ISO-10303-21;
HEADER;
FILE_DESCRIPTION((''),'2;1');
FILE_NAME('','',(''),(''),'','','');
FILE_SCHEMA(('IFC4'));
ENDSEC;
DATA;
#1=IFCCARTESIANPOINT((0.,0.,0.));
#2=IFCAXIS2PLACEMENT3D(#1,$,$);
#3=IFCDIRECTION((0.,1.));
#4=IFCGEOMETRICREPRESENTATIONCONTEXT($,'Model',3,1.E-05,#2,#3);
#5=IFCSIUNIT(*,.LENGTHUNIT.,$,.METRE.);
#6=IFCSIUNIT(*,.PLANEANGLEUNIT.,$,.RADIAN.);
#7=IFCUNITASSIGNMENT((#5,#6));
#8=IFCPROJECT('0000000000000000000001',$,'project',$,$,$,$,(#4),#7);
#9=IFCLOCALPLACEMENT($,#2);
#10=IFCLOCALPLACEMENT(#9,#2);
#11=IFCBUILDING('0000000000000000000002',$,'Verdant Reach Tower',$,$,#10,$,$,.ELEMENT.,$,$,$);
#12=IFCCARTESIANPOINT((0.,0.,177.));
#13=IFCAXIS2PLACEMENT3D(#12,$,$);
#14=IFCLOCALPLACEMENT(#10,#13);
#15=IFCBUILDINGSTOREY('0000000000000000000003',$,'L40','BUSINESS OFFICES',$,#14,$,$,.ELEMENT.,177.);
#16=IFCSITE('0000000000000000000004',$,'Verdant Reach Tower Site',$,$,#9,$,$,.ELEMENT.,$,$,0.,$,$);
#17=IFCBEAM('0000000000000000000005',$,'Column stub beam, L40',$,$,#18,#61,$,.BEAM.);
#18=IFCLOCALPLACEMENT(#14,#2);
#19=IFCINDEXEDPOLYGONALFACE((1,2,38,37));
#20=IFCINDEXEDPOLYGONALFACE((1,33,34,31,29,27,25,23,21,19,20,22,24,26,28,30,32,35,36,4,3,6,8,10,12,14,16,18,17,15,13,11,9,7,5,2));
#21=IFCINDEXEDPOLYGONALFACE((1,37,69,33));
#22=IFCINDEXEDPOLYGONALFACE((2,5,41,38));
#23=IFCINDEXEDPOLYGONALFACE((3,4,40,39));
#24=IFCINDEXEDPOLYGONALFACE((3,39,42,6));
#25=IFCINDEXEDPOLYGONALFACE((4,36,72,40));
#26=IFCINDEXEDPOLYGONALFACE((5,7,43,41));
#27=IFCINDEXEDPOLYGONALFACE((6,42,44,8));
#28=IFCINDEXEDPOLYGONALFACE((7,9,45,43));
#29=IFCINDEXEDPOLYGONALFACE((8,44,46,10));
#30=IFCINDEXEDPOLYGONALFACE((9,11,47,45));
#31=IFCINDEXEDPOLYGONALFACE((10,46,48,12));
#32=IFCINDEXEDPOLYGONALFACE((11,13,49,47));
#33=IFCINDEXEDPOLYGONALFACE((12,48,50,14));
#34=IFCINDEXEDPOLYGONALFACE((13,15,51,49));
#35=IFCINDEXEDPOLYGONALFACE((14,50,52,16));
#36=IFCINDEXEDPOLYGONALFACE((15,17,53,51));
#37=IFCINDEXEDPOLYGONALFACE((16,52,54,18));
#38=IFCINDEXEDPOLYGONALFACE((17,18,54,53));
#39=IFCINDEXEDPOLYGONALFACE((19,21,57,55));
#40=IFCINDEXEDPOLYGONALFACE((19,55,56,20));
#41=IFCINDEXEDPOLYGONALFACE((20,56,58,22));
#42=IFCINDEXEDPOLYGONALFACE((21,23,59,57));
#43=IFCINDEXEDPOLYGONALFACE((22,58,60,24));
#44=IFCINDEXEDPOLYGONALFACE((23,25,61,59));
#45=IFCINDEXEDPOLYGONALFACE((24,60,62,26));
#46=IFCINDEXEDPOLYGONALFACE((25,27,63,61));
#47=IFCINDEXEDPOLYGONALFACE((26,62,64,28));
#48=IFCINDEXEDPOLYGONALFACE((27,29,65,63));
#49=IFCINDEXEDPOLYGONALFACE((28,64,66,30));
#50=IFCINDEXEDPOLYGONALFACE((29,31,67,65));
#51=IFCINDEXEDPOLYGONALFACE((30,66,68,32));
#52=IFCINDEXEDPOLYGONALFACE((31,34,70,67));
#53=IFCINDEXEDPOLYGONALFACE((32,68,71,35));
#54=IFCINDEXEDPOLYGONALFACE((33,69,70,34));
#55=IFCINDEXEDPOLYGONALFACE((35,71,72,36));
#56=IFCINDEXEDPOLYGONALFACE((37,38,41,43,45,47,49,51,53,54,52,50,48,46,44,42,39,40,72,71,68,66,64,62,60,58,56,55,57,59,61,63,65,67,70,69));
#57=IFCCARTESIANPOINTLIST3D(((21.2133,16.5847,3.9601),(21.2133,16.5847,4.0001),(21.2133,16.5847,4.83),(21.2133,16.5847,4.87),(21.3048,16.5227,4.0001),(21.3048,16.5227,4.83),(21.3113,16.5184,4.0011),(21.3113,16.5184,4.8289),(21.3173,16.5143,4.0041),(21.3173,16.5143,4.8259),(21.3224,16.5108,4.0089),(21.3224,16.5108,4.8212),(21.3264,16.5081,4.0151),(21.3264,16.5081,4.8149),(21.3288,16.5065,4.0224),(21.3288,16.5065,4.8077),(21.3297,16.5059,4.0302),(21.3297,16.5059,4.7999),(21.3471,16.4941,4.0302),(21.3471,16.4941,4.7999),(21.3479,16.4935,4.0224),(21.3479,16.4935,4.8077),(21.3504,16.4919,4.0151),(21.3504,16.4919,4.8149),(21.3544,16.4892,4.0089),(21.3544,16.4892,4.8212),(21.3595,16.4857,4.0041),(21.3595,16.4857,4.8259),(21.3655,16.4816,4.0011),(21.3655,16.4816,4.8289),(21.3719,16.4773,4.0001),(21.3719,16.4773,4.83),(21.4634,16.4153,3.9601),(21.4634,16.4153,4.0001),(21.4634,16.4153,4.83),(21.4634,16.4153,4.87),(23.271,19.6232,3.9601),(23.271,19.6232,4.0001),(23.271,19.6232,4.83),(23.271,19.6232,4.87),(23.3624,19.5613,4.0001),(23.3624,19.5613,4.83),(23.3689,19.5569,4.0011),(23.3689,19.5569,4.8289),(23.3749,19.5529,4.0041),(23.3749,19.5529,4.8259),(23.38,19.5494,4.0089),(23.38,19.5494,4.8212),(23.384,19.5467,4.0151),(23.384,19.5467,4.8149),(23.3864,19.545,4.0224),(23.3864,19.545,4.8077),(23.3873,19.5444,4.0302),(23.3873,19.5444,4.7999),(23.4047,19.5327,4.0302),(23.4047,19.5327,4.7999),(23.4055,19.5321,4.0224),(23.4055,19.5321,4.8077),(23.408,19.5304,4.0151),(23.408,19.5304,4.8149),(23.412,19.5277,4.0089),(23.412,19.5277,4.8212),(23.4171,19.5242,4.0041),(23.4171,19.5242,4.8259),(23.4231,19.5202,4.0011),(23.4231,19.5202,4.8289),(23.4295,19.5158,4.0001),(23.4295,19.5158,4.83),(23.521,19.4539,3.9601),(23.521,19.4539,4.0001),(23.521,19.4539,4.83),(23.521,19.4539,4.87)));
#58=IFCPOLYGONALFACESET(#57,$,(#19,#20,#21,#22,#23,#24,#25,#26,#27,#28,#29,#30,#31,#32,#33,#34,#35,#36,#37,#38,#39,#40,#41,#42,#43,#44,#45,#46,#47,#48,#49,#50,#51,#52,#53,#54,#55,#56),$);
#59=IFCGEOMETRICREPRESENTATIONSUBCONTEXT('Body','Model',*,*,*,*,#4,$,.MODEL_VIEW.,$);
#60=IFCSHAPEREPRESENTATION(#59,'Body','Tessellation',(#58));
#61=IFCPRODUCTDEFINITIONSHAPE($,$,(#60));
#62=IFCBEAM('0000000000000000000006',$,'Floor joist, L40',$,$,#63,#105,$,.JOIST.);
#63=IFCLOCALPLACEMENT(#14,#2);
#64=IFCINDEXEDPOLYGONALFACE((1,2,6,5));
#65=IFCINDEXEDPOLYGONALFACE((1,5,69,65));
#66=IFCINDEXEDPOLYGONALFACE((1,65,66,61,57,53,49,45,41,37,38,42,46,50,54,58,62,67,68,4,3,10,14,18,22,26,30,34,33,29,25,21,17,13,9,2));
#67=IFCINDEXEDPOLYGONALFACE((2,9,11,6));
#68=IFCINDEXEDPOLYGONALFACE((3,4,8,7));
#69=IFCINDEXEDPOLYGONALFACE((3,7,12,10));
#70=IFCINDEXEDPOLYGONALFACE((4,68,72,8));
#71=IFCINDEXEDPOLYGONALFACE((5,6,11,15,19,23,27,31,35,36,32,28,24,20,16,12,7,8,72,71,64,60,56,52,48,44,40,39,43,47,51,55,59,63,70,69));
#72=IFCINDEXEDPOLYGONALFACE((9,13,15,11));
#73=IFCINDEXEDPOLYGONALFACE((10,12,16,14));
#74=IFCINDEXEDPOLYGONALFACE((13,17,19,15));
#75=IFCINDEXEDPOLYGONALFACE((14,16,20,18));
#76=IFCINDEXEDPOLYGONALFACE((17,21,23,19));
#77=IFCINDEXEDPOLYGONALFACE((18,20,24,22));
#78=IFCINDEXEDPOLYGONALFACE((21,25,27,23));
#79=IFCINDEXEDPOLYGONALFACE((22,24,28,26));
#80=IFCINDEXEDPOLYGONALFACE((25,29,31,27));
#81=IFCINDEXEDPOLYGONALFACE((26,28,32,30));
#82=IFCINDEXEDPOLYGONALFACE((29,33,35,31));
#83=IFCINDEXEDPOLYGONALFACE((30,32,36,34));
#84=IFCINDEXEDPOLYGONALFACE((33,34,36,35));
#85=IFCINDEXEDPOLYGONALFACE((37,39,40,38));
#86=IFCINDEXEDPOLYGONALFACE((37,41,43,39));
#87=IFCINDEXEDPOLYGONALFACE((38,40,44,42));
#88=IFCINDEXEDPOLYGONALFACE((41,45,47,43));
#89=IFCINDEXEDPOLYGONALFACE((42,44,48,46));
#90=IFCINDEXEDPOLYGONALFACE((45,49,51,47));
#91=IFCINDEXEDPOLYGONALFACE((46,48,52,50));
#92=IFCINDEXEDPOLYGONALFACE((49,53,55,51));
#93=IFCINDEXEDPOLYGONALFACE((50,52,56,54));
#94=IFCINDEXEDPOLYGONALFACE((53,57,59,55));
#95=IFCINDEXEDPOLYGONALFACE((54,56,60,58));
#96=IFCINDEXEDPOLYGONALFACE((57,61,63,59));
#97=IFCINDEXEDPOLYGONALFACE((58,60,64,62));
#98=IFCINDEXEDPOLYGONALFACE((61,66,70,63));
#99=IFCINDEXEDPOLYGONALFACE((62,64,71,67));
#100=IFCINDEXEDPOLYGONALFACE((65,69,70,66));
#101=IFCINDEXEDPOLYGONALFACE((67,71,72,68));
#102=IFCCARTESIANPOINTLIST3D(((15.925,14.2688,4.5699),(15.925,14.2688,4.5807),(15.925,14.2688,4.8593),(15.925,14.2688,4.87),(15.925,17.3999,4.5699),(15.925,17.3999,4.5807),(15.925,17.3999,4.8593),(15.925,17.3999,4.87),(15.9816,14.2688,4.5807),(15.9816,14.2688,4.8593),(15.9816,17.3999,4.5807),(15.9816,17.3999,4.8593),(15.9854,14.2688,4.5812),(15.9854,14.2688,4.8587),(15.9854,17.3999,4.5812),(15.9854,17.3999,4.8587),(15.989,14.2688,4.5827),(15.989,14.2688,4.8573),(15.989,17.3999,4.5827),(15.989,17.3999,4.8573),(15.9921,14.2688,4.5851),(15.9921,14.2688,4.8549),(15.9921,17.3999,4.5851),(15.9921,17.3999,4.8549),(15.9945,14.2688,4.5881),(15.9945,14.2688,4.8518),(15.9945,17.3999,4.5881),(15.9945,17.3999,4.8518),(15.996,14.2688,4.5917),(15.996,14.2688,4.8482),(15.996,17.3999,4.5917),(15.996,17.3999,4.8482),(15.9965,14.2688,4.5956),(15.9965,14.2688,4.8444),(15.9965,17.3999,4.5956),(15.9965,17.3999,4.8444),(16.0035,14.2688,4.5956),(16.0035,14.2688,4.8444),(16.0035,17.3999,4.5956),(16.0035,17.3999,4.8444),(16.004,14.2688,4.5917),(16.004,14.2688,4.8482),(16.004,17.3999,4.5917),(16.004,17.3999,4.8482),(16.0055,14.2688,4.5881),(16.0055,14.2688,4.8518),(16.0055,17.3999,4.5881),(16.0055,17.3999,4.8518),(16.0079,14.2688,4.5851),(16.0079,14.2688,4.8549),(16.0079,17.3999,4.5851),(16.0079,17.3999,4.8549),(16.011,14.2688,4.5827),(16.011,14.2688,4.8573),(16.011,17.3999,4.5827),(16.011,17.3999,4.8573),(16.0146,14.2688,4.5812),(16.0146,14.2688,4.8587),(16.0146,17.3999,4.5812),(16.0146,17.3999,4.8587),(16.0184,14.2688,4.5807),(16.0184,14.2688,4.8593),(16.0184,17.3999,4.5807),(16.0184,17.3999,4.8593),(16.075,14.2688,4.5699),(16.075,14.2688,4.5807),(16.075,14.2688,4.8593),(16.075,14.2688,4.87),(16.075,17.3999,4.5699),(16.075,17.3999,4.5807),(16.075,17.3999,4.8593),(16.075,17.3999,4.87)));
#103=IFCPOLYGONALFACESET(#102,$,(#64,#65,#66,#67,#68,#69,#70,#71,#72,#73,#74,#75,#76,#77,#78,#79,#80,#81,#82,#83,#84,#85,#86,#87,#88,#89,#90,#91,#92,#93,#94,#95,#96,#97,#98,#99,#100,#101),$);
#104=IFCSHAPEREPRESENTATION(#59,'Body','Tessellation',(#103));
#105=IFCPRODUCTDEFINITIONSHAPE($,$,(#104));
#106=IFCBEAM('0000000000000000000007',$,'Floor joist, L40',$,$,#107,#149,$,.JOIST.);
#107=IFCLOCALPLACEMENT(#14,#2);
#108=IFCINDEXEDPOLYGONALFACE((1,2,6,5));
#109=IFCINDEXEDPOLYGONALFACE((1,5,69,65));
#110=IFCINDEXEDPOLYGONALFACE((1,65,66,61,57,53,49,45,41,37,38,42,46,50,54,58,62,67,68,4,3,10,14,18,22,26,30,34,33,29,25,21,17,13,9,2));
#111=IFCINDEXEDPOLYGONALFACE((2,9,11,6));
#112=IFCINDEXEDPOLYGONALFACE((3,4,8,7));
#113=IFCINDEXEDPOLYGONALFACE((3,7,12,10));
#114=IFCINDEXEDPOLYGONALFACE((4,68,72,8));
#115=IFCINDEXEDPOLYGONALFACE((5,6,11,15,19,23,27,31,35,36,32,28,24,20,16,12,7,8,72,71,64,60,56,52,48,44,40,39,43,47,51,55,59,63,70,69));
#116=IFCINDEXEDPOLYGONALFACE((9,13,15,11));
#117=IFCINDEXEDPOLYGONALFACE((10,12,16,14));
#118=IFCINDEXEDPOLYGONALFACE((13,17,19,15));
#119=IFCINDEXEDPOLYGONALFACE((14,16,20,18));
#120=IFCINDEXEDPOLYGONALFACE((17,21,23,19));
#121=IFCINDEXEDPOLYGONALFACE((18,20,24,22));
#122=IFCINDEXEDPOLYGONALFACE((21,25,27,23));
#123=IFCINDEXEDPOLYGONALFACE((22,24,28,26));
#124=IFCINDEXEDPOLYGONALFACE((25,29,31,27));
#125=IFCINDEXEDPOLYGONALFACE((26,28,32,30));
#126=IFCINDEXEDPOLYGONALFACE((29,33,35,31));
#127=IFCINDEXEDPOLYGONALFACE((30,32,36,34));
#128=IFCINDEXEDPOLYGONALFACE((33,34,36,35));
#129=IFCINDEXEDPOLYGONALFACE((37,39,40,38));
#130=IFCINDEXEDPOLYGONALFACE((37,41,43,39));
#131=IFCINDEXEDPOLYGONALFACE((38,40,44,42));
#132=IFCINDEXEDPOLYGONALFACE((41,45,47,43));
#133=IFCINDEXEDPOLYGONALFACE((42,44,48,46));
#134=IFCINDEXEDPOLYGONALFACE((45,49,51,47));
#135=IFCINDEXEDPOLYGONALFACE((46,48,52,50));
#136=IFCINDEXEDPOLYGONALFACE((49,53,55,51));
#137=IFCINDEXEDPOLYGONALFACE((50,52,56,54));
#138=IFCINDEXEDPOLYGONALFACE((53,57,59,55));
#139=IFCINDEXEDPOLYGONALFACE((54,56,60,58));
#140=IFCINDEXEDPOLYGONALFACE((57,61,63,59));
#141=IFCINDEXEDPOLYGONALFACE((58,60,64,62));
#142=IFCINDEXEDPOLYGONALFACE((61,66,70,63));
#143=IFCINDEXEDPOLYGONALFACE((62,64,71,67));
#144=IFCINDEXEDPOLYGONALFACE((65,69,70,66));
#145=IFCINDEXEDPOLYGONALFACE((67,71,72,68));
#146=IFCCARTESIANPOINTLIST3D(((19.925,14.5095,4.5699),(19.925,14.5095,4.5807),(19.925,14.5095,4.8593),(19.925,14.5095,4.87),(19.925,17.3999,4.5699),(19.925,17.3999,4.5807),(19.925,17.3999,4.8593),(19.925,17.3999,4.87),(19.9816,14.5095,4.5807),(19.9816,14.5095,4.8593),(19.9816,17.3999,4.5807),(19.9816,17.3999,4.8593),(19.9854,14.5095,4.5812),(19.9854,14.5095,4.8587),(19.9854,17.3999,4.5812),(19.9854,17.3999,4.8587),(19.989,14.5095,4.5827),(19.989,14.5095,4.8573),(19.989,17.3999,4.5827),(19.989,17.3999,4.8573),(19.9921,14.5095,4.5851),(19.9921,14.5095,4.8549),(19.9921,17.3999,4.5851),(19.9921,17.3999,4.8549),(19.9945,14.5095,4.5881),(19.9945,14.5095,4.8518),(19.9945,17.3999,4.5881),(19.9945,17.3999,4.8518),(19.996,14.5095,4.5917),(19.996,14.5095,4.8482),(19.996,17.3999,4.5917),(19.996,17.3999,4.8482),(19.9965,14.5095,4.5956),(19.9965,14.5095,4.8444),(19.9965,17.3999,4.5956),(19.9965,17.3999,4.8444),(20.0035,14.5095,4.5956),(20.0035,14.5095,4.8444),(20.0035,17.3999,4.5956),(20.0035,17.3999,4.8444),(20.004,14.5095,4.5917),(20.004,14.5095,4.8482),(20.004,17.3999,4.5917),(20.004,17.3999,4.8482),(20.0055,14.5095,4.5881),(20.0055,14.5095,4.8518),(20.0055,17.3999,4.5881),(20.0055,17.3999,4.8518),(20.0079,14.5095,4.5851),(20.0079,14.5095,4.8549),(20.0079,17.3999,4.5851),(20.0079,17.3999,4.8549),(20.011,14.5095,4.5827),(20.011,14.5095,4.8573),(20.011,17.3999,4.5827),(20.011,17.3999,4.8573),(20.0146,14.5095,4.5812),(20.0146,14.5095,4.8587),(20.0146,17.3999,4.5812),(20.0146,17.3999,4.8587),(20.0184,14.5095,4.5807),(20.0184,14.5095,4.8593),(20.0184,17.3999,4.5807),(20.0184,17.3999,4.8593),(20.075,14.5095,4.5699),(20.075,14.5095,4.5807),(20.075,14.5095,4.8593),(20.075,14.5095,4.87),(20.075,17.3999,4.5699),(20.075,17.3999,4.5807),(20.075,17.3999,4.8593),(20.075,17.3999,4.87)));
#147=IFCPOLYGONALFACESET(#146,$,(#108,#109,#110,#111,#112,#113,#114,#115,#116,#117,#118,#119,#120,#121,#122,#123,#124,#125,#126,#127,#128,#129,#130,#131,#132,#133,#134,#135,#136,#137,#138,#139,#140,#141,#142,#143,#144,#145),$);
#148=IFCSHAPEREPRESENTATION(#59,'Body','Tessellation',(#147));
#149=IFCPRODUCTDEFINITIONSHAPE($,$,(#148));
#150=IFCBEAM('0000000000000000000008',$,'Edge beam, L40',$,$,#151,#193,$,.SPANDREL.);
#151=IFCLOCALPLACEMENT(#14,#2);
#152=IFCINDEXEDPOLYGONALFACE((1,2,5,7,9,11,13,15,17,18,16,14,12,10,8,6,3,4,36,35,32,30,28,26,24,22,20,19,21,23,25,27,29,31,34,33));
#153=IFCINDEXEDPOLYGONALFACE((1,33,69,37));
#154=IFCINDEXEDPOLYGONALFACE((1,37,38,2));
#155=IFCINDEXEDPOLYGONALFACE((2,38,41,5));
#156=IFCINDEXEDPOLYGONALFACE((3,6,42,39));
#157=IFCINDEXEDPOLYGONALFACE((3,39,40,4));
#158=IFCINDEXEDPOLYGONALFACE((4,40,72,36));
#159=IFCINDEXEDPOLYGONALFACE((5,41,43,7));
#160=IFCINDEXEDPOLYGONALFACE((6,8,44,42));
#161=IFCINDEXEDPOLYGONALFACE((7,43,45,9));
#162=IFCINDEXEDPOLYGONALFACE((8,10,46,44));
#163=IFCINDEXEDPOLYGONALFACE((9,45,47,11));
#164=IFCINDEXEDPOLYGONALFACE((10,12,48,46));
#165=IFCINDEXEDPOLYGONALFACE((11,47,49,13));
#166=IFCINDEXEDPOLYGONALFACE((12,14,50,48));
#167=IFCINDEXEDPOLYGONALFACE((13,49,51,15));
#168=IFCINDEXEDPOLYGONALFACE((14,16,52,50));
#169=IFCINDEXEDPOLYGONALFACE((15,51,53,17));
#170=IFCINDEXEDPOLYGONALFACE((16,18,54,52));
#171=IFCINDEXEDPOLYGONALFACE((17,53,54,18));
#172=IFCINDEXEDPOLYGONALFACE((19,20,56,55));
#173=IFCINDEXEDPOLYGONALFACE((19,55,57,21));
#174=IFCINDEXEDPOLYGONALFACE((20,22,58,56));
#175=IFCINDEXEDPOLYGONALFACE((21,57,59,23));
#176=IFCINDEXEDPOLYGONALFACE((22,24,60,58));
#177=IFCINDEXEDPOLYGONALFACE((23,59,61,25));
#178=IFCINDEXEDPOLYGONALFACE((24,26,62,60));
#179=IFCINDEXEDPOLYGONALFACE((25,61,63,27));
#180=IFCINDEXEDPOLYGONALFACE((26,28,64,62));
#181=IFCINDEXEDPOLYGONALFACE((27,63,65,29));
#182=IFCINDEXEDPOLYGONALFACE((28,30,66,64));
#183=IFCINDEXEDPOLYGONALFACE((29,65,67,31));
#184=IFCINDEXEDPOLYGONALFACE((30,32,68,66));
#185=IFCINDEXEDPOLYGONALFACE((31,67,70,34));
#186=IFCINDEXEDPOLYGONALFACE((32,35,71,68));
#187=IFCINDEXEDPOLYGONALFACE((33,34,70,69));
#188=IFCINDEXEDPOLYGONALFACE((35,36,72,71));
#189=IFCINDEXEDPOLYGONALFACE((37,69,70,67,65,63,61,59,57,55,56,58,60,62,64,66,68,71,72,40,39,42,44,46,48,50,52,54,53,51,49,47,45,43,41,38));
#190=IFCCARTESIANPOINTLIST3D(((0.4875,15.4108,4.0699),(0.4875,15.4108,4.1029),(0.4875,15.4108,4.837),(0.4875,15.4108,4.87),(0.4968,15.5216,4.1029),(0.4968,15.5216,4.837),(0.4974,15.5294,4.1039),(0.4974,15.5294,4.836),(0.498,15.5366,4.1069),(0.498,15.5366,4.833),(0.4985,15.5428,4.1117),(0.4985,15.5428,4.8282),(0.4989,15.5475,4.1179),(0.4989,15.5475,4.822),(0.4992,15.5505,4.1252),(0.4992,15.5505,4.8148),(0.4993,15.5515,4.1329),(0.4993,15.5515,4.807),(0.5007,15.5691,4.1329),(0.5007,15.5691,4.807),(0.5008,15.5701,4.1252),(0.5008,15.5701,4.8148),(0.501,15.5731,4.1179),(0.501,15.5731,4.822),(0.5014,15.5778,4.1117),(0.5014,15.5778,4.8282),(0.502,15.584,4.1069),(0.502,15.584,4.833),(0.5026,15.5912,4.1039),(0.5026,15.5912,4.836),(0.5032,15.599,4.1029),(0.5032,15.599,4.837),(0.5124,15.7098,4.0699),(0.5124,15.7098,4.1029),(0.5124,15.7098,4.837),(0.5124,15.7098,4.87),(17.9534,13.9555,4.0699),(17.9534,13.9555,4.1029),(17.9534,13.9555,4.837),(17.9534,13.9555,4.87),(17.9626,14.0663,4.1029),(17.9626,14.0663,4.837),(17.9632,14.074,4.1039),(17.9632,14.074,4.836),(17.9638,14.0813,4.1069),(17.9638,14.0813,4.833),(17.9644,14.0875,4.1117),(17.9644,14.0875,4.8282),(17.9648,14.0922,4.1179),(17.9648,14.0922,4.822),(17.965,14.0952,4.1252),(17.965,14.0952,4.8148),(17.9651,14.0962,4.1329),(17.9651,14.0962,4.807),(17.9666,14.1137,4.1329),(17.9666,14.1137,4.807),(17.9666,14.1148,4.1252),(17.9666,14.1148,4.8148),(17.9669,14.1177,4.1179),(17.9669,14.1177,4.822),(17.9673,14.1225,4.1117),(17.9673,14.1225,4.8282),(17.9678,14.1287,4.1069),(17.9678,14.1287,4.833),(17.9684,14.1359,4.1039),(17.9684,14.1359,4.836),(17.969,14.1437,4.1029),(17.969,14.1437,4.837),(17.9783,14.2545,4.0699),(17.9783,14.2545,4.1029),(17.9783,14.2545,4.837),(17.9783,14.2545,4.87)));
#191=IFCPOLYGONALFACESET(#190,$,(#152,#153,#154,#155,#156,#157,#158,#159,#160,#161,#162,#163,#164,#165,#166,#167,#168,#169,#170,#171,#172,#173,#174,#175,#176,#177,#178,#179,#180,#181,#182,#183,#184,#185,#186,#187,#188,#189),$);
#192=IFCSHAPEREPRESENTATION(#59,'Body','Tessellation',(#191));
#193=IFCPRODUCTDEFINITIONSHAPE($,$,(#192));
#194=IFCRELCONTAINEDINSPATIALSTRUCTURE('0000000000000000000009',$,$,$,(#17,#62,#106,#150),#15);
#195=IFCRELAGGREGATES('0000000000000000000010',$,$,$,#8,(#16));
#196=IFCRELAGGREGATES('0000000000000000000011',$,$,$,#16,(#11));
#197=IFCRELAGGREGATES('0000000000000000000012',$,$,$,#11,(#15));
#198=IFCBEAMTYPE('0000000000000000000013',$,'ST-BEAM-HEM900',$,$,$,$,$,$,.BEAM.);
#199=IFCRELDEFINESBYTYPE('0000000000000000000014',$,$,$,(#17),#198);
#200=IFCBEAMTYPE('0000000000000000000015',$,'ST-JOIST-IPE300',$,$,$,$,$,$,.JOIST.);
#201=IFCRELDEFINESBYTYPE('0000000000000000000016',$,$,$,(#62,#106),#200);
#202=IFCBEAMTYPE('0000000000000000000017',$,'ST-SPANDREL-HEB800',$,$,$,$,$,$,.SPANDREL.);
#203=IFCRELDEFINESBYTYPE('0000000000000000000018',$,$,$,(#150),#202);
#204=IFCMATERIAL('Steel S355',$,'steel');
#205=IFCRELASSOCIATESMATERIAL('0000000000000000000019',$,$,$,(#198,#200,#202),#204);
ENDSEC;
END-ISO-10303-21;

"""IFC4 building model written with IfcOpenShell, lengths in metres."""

from ifc_helpers import new_model, si_unit, direction, frame, origin, origin_2d, place, context, subcontext, project, spatial, i_section, extrude, material, material_profile, profile_set, type_object, element, save


model = new_model("IFC4")

# Units and contexts
model_context = context("Model", 3, precision=1e-05, world=origin(), true_north=direction((0.0, 1.0)))
body_context = subcontext(model_context, "Body", "Model", "MODEL_VIEW")
ifc_project = project(units=[si_unit("LENGTHUNIT", "METRE"), si_unit("PLANEANGLEUNIT", "RADIAN")], contexts=[model_context])

# Site, building, storey
site_placement = place(None, origin())
site = spatial("IfcSite", under=ifc_project, at=site_placement, Name="Verdant Reach Tower Site", CompositionType="ELEMENT", RefElevation=0.0)
building_placement = place(site_placement, origin())
building = spatial("IfcBuilding", under=site, at=building_placement, Name="Verdant Reach Tower", CompositionType="ELEMENT")
storey_placement = place(building_placement, frame((0.0, 0.0, 177.0)))
storey = spatial("IfcBuildingStorey", under=building, at=storey_placement, Name="L40", Description="BUSINESS OFFICES", CompositionType="ELEMENT", Elevation=177.0)

# Beams
ifc_material_1 = material(Name="Steel S355", Category="steel")
ifc_material_profile_1 = material_profile(ifc_material_1, i_section(OverallWidth=0.302, OverallDepth=0.9099, WebThickness=0.021, FlangeThickness=0.04, FilletRadius=0.03, at=origin_2d()), Name="HEM 900")
ifc_profile_set_1 = profile_set([ifc_material_profile_1], Name="Steel S355")
beam_type_1 = type_object("IfcBeamType", Name="ST-BEAM-HEM900", PredefinedType="BEAM", material=ifc_profile_set_1)
beam_1_placement = place(storey_placement, frame((21.3384, 16.5, 4.415), z_axis=(0.560704, 0.828016, 0.0), x_axis=(-0.828016, 0.560704, 0.0)))
element("IfcBeam", 1, at=beam_1_placement, inside=storey, type_object=beam_type_1, Name="Column stub beam, L40", PredefinedType="BEAM", context=body_context, shape_type="SweptSolid", body=[
    extrude(i_section(OverallWidth=0.302, OverallDepth=0.9099, WebThickness=0.021, FlangeThickness=0.04, FilletRadius=0.03, at=origin_2d()), origin(), (0.0, 0.0, 1.0), 3.6697),
])
ifc_material_profile_2 = material_profile(ifc_material_1, i_section(OverallWidth=0.1499, OverallDepth=0.3, WebThickness=0.0071, FlangeThickness=0.0107, FilletRadius=0.0149, at=origin_2d()), Name="IPE 300")
ifc_profile_set_2 = profile_set([ifc_material_profile_2], Name="Steel S355")
beam_type_2 = type_object("IfcBeamType", Name="ST-JOIST-IPE300", PredefinedType="JOIST", material=ifc_profile_set_2)
beam_2_placement = place(storey_placement, frame((16.0, 17.3999, 4.72), z_axis=(0.0, -1.0, 0.0), x_axis=(1.0, 0.0, 0.0)))
element("IfcBeam", 2, at=beam_2_placement, inside=storey, type_object=beam_type_2, Name="Floor joist, L40", PredefinedType="JOIST", context=body_context, shape_type="SweptSolid", body=[
    extrude(i_section(OverallWidth=0.1499, OverallDepth=0.3, WebThickness=0.0071, FlangeThickness=0.0107, FilletRadius=0.0149, at=origin_2d()), origin(), (0.0, 0.0, 1.0), 3.1311),
])
beam_3_placement = place(storey_placement, frame((20.0, 17.3999, 4.72), z_axis=(0.0, -1.0, 0.0), x_axis=(1.0, 0.0, 0.0)))
element("IfcBeam", 3, at=beam_3_placement, inside=storey, type_object=beam_type_2, Name="Floor joist, L40", PredefinedType="JOIST", context=body_context, shape_type="SweptSolid", body=[
    extrude(i_section(OverallWidth=0.1499, OverallDepth=0.3, WebThickness=0.0071, FlangeThickness=0.0107, FilletRadius=0.0149, at=origin_2d()), origin(), (0.0, 0.0, 1.0), 2.8904),
])
ifc_material_profile_3 = material_profile(ifc_material_1, i_section(OverallWidth=0.3, OverallDepth=0.8, WebThickness=0.0176, FlangeThickness=0.033, FilletRadius=0.03, at=origin_2d()), Name="HEB 800")
ifc_profile_set_3 = profile_set([ifc_material_profile_3], Name="Steel S355")
beam_type_3 = type_object("IfcBeamType", Name="ST-SPANDREL-HEB800", PredefinedType="SPANDREL", material=ifc_profile_set_3)
beam_4_placement = place(storey_placement, frame((17.9658, 14.105, 4.47), z_axis=(-0.996547, 0.083036, 0.0), x_axis=(-0.083036, -0.996547, 0.0)))
element("IfcBeam", 4, at=beam_4_placement, inside=storey, type_object=beam_type_3, Name="Edge beam, L40", PredefinedType="SPANDREL", context=body_context, shape_type="SweptSolid", body=[
    extrude(i_section(OverallWidth=0.3, OverallDepth=0.8, WebThickness=0.0176, FlangeThickness=0.033, FilletRadius=0.03, at=origin_2d()), origin(), (0.0, 0.0, 1.0), 17.5264),
])

save(model, "model.ifc")
